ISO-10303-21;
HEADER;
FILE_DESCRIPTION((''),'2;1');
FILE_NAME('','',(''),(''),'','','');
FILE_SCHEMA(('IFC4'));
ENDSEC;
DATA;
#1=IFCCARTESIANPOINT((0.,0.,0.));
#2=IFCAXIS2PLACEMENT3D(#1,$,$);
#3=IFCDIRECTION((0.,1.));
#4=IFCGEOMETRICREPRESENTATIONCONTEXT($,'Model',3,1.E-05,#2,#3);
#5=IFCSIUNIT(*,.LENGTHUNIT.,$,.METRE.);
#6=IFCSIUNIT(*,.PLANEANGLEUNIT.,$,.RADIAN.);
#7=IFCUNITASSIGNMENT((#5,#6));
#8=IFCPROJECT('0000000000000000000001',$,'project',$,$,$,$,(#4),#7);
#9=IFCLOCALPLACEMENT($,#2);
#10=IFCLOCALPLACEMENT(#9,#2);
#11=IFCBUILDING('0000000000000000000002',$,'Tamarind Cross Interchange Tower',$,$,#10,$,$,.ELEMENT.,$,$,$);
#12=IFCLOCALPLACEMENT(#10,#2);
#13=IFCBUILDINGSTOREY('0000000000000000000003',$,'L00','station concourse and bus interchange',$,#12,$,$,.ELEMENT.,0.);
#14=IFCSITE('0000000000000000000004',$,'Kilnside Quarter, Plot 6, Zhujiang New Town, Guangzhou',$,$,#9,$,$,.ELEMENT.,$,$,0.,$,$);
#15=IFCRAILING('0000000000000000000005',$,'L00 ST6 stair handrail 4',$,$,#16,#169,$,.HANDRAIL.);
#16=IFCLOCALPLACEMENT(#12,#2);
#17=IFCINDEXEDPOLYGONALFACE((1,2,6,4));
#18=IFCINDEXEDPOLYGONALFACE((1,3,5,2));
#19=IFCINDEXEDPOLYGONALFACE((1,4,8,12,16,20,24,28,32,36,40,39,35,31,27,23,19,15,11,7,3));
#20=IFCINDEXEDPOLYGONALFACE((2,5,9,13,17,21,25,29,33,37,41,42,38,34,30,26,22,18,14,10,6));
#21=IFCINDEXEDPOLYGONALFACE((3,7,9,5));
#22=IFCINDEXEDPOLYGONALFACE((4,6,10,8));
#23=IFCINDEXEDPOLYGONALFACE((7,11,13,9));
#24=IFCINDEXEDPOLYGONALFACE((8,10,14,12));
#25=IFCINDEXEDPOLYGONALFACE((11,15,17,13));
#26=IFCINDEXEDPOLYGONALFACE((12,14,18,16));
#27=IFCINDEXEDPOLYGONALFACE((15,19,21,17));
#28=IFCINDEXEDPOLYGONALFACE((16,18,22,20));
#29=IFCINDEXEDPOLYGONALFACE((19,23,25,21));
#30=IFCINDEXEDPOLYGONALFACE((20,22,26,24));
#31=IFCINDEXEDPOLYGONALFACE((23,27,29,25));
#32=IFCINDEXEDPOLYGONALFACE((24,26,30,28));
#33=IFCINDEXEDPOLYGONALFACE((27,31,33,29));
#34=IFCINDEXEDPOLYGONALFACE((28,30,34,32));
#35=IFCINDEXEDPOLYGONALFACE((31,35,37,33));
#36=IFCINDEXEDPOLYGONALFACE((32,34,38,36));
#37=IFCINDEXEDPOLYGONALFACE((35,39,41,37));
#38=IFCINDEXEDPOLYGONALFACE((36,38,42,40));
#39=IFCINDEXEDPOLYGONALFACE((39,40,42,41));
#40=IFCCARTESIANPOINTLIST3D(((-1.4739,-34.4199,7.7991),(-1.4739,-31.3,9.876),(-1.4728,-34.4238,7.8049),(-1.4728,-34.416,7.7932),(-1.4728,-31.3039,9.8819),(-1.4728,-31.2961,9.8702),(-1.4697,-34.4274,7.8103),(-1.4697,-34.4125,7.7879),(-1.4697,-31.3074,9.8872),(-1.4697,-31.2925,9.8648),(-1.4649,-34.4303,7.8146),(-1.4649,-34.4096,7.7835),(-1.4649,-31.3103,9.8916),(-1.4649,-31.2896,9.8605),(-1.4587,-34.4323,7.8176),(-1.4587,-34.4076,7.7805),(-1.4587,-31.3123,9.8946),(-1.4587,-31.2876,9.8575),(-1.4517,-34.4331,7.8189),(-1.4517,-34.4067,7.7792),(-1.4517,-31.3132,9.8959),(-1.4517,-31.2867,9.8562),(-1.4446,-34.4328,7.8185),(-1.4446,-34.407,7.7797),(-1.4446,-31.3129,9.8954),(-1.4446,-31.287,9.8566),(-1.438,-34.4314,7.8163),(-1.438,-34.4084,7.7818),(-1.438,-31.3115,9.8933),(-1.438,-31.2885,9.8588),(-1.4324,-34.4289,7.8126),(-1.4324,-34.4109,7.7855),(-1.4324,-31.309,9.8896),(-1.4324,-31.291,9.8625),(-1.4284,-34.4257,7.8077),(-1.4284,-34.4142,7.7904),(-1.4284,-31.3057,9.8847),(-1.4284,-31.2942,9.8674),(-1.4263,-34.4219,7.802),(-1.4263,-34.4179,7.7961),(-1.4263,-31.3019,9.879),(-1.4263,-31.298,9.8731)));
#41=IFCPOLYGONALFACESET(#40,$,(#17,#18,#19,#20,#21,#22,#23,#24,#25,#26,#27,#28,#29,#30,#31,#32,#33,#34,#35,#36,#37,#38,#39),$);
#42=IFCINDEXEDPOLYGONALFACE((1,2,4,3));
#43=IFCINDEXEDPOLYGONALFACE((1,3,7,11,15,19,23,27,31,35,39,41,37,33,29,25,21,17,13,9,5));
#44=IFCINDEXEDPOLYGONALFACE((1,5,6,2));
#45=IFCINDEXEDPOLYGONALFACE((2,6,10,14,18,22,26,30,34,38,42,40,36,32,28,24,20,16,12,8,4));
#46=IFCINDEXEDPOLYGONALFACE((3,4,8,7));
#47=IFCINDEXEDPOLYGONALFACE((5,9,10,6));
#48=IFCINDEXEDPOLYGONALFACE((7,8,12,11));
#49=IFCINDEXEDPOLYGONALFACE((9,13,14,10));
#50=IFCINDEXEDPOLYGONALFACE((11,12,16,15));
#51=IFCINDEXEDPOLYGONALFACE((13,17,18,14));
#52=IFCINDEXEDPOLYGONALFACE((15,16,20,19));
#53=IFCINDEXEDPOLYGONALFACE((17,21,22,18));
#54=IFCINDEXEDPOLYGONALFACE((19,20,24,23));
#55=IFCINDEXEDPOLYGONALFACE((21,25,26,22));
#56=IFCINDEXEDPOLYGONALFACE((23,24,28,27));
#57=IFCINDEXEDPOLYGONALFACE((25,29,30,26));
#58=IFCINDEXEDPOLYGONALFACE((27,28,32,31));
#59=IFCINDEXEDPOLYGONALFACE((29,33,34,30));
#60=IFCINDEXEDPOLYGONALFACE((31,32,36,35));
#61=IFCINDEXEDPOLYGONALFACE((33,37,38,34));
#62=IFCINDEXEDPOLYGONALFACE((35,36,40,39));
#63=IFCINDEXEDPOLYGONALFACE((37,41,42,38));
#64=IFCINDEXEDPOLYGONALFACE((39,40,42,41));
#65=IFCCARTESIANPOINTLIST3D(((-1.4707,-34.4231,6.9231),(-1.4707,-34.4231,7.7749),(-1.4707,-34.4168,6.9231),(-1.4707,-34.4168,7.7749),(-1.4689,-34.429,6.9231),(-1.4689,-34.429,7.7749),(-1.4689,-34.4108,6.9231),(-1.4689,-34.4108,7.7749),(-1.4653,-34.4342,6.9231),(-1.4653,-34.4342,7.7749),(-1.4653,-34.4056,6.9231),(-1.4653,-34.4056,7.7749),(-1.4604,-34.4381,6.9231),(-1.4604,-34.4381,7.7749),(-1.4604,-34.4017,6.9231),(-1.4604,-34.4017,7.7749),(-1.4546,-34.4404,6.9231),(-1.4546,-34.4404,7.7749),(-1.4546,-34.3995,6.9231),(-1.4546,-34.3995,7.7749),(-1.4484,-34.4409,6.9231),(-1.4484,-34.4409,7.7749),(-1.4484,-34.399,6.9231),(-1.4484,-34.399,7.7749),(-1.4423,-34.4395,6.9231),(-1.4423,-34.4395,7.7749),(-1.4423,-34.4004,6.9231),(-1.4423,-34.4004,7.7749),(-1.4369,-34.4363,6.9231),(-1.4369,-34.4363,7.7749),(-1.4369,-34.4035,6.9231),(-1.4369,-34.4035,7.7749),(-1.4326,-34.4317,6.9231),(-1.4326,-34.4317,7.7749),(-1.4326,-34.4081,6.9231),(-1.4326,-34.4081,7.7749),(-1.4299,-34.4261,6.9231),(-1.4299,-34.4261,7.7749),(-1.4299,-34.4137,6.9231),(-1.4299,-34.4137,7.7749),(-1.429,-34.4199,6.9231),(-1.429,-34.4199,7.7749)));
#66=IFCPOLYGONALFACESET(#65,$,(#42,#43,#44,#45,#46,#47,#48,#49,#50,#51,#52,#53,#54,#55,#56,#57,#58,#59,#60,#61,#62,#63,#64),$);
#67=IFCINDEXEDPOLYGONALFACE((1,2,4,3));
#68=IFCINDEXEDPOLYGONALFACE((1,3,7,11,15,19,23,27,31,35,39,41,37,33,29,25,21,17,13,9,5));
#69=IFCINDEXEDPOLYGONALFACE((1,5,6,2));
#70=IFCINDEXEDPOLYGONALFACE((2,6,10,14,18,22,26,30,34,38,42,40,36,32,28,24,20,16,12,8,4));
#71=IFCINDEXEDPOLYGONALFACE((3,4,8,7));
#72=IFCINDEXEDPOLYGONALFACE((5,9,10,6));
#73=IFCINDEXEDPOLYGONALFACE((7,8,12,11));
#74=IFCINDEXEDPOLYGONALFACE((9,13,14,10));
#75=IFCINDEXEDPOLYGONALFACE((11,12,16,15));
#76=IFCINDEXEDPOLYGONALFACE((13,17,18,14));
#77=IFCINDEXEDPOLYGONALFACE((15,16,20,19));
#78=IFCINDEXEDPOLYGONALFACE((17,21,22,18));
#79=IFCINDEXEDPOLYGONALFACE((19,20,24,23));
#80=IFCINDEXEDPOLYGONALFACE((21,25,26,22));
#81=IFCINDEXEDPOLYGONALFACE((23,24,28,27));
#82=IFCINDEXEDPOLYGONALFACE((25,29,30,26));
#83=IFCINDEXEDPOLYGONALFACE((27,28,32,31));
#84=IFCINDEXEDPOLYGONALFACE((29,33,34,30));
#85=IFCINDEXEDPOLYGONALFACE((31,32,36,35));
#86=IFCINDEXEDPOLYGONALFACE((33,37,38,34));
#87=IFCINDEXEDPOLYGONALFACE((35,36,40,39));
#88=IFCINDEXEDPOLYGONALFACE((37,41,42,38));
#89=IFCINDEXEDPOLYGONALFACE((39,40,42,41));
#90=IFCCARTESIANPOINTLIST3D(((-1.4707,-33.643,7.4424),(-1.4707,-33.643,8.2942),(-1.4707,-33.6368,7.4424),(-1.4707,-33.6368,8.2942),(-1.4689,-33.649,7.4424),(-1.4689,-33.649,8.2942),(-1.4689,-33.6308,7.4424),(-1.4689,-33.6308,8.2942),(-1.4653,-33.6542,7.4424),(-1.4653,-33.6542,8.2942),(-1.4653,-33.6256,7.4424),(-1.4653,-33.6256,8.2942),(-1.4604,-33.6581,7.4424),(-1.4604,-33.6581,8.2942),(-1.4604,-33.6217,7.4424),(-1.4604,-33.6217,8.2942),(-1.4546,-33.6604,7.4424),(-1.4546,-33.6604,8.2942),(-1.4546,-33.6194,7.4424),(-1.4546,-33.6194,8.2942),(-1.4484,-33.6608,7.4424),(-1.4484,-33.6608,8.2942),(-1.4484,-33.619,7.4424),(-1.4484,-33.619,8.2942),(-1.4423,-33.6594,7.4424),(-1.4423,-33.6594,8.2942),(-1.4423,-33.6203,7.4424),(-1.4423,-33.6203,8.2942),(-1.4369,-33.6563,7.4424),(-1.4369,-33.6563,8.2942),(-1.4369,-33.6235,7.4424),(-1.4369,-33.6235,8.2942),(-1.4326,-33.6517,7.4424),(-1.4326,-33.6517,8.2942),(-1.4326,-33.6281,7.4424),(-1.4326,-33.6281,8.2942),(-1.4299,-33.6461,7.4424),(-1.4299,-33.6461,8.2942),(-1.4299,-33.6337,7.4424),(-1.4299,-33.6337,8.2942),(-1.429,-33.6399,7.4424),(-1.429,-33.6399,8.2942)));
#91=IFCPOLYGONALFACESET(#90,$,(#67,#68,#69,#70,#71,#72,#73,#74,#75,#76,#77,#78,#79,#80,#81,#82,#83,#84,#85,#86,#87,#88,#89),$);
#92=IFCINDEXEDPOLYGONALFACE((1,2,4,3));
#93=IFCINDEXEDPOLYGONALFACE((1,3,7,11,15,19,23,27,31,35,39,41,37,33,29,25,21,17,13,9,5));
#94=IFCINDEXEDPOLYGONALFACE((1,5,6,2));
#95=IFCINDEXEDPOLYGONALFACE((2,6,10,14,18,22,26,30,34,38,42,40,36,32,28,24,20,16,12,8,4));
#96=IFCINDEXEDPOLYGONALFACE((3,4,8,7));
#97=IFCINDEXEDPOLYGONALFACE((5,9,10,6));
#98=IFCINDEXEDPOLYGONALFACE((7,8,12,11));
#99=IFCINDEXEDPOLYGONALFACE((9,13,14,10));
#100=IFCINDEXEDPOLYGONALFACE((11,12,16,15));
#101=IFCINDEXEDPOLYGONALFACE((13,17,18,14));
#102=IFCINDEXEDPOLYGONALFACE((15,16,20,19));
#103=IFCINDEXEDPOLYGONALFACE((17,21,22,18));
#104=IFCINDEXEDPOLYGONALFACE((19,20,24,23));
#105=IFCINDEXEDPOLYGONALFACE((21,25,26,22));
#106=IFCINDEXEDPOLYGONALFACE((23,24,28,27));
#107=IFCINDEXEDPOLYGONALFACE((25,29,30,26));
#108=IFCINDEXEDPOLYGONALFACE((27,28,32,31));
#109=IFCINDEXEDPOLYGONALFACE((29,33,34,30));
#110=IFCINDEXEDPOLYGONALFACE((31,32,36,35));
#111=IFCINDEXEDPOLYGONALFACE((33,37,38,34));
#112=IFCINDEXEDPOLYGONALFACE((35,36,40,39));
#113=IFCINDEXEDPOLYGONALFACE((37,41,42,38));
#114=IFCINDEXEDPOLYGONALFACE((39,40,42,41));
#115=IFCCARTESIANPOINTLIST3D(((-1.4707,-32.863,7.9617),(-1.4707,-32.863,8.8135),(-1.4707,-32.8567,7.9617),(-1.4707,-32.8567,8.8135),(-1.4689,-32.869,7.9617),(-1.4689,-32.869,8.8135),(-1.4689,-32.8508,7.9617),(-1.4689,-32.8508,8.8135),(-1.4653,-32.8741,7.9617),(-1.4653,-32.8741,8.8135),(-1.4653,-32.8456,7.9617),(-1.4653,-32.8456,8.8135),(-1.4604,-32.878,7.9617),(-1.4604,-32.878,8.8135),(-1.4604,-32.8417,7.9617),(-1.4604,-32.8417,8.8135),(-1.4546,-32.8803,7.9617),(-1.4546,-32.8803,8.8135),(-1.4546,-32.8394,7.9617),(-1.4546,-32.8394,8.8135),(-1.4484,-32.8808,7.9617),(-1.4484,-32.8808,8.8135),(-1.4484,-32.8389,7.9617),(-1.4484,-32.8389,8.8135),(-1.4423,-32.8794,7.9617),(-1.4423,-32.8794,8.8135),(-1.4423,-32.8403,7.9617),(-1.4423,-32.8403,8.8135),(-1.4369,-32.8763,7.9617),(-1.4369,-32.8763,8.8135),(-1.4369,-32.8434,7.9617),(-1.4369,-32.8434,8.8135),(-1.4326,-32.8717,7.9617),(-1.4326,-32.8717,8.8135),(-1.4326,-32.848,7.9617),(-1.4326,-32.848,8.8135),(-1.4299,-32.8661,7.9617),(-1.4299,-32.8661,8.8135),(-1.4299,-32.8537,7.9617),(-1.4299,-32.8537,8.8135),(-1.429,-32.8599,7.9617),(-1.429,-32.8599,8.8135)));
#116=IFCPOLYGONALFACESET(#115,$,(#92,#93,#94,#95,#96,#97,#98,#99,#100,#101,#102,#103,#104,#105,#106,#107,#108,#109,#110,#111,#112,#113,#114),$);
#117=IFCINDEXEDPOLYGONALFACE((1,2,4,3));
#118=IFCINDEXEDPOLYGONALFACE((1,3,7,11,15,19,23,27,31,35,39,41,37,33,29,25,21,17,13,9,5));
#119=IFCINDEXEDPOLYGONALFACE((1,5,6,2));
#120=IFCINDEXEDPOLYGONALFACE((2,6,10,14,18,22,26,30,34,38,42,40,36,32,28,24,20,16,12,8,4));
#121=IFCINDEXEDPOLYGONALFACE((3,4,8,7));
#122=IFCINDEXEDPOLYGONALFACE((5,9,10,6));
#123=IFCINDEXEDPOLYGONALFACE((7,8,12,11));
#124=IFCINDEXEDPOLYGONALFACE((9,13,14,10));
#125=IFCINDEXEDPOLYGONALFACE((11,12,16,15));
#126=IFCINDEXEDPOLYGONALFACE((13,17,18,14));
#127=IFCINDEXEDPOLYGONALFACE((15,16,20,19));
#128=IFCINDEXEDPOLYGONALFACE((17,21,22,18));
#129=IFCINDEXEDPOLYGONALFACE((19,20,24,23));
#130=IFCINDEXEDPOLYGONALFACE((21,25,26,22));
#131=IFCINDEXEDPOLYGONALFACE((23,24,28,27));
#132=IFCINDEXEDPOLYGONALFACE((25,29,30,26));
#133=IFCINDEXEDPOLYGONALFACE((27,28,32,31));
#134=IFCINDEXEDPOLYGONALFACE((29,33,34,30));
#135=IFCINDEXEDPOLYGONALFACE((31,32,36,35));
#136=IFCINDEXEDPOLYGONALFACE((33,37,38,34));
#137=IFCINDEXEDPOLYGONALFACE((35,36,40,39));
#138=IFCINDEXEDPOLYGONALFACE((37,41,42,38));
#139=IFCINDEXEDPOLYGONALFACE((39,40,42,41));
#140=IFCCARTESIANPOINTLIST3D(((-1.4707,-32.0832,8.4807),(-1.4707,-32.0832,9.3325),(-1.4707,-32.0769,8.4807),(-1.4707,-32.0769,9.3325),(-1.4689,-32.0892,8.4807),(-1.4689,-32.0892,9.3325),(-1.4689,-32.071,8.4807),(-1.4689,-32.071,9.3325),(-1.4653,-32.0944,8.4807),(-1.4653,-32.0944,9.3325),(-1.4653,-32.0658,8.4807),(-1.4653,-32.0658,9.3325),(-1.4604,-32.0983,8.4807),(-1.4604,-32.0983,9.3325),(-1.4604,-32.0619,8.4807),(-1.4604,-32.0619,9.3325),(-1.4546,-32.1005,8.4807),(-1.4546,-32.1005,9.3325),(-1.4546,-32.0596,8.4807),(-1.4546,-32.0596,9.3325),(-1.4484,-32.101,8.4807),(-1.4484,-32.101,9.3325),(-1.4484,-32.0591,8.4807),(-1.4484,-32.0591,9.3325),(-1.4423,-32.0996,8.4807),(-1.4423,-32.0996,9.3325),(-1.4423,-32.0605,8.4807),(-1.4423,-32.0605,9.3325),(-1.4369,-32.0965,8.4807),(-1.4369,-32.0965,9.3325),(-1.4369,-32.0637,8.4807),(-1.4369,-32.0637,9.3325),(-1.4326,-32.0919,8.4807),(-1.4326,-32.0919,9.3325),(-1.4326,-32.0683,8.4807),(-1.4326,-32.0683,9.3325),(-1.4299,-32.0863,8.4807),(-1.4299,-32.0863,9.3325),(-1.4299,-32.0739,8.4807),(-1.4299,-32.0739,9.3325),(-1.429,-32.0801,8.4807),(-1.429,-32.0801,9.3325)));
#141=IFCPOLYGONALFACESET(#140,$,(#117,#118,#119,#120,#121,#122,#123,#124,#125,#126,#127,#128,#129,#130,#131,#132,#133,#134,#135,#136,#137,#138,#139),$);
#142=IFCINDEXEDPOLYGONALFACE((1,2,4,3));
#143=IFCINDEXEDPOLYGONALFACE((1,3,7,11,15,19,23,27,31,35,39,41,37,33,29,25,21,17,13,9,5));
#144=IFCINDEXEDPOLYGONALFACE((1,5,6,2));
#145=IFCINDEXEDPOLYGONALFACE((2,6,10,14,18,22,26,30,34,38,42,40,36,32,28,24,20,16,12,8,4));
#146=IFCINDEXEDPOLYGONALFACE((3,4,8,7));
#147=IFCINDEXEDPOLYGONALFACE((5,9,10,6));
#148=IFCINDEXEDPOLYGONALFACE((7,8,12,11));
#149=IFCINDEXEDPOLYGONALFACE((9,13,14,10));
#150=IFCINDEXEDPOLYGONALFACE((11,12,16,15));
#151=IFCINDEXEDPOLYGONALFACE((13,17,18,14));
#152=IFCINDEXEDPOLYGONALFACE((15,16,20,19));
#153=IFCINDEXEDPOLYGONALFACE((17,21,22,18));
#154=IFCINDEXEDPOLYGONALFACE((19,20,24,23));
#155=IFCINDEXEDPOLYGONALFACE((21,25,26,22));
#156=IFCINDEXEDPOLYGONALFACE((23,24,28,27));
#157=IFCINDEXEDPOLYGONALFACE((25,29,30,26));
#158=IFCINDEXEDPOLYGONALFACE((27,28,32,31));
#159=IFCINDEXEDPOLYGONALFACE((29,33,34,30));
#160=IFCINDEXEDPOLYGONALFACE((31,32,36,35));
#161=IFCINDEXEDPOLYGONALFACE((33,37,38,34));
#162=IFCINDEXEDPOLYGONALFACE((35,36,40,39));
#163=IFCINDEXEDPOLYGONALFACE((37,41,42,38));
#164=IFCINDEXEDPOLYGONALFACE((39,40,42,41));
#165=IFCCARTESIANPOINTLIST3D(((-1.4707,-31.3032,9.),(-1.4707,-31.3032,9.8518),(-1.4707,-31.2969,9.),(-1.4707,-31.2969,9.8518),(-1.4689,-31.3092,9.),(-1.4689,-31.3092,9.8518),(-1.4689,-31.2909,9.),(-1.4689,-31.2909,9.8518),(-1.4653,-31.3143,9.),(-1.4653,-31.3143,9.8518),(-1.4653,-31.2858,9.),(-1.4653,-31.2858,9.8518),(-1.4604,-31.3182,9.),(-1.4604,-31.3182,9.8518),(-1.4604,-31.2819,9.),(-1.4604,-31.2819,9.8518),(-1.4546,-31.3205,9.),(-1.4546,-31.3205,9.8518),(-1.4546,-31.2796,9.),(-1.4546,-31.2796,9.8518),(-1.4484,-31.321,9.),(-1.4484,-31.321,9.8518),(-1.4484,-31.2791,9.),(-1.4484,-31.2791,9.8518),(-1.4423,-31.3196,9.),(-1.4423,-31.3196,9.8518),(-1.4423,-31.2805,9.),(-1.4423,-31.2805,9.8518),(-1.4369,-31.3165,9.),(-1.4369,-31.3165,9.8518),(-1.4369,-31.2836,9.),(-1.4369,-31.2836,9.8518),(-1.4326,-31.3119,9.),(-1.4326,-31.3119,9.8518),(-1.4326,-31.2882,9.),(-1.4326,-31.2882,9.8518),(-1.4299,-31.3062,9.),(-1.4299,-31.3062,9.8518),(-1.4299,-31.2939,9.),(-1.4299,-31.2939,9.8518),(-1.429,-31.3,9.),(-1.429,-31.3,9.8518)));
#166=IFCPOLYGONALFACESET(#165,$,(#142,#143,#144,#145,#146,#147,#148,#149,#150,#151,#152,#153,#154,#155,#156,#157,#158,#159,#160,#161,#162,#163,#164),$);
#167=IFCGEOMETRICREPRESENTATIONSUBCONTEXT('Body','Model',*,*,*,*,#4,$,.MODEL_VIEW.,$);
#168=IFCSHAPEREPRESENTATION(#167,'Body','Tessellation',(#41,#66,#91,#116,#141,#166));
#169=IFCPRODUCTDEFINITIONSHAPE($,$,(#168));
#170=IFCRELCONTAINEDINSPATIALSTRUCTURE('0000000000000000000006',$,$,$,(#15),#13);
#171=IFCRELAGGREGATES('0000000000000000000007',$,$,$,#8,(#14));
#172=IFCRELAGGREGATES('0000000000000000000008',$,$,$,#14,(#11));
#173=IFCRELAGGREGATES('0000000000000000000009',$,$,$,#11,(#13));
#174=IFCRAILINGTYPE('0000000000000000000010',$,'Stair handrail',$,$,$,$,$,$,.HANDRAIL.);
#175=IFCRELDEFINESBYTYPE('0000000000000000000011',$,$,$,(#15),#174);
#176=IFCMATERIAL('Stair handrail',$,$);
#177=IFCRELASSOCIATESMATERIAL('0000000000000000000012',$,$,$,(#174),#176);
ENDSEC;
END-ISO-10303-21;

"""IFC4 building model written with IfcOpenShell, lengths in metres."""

from ifc_helpers import new_model, si_unit, direction, frame, origin, origin_2d, place, context, subcontext, project, spatial, circle, extrude, material, type_object, element, save


model = new_model("IFC4")

# Units and contexts
model_context = context("Model", 3, precision=1e-05, world=origin(), true_north=direction((0.0, 1.0)))
body_context = subcontext(model_context, "Body", "Model", "MODEL_VIEW")
ifc_project = project(units=[si_unit("LENGTHUNIT", "METRE"), si_unit("PLANEANGLEUNIT", "RADIAN")], contexts=[model_context])

# Site, building, storey
site_placement = place(None, origin())
site = spatial("IfcSite", under=ifc_project, at=site_placement, Name="Kilnside Quarter, Plot 6, Zhujiang New Town, Guangzhou", CompositionType="ELEMENT", RefElevation=0.0)
building_placement = place(site_placement, origin())
building = spatial("IfcBuilding", under=site, at=building_placement, Name="Tamarind Cross Interchange Tower", CompositionType="ELEMENT")
storey_placement = place(building_placement, origin())
storey = spatial("IfcBuildingStorey", under=building, at=storey_placement, Name="L00", Description="station concourse and bus interchange", CompositionType="ELEMENT", Elevation=0.0)

# Railing
ifc_material_1 = material(Name="Stair handrail")
railing_type_1 = type_object("IfcRailingType", Name="Stair handrail", PredefinedType="HANDRAIL", material=ifc_material_1)
for number, where, name in (
    (1, (-1.45, -34.4199, 6.9231), "L00 ST6 stair handrail 4"),
):
    element("IfcRailing", number, at=place(storey_placement, frame(where)), inside=storey, type_object=railing_type_1, Name=name, PredefinedType="HANDRAIL", context=body_context, shape_type="SweptSolid", body=[
        extrude(circle(Radius=0.0239, at=origin_2d()), frame((0.0, 0.0, 0.876), z_axis=(0.0, 0.832421, 0.554144), x_axis=(-1.0, 0.0, 0.0)), (0.0, 0.0, 1.0), 3.748),
        extrude(circle(Radius=0.021, at=origin_2d()), origin(), (0.0, 0.0, 1.0), 0.8518),
        extrude(circle(Radius=0.021, at=origin_2d()), frame((0.0, 0.78, 0.5193)), (0.0, 0.0, 1.0), 0.8518),
        extrude(circle(Radius=0.021, at=origin_2d()), frame((0.0, 1.5601, 1.0386)), (0.0, 0.0, 1.0), 0.8518),
        extrude(circle(Radius=0.021, at=origin_2d()), frame((0.0, 2.3398, 1.5576)), (0.0, 0.0, 1.0), 0.8518),
        extrude(circle(Radius=0.021, at=origin_2d()), frame((0.0, 3.1199, 2.0769)), (0.0, 0.0, 1.0), 0.8518),
    ])

save(model, "model.ifc")
